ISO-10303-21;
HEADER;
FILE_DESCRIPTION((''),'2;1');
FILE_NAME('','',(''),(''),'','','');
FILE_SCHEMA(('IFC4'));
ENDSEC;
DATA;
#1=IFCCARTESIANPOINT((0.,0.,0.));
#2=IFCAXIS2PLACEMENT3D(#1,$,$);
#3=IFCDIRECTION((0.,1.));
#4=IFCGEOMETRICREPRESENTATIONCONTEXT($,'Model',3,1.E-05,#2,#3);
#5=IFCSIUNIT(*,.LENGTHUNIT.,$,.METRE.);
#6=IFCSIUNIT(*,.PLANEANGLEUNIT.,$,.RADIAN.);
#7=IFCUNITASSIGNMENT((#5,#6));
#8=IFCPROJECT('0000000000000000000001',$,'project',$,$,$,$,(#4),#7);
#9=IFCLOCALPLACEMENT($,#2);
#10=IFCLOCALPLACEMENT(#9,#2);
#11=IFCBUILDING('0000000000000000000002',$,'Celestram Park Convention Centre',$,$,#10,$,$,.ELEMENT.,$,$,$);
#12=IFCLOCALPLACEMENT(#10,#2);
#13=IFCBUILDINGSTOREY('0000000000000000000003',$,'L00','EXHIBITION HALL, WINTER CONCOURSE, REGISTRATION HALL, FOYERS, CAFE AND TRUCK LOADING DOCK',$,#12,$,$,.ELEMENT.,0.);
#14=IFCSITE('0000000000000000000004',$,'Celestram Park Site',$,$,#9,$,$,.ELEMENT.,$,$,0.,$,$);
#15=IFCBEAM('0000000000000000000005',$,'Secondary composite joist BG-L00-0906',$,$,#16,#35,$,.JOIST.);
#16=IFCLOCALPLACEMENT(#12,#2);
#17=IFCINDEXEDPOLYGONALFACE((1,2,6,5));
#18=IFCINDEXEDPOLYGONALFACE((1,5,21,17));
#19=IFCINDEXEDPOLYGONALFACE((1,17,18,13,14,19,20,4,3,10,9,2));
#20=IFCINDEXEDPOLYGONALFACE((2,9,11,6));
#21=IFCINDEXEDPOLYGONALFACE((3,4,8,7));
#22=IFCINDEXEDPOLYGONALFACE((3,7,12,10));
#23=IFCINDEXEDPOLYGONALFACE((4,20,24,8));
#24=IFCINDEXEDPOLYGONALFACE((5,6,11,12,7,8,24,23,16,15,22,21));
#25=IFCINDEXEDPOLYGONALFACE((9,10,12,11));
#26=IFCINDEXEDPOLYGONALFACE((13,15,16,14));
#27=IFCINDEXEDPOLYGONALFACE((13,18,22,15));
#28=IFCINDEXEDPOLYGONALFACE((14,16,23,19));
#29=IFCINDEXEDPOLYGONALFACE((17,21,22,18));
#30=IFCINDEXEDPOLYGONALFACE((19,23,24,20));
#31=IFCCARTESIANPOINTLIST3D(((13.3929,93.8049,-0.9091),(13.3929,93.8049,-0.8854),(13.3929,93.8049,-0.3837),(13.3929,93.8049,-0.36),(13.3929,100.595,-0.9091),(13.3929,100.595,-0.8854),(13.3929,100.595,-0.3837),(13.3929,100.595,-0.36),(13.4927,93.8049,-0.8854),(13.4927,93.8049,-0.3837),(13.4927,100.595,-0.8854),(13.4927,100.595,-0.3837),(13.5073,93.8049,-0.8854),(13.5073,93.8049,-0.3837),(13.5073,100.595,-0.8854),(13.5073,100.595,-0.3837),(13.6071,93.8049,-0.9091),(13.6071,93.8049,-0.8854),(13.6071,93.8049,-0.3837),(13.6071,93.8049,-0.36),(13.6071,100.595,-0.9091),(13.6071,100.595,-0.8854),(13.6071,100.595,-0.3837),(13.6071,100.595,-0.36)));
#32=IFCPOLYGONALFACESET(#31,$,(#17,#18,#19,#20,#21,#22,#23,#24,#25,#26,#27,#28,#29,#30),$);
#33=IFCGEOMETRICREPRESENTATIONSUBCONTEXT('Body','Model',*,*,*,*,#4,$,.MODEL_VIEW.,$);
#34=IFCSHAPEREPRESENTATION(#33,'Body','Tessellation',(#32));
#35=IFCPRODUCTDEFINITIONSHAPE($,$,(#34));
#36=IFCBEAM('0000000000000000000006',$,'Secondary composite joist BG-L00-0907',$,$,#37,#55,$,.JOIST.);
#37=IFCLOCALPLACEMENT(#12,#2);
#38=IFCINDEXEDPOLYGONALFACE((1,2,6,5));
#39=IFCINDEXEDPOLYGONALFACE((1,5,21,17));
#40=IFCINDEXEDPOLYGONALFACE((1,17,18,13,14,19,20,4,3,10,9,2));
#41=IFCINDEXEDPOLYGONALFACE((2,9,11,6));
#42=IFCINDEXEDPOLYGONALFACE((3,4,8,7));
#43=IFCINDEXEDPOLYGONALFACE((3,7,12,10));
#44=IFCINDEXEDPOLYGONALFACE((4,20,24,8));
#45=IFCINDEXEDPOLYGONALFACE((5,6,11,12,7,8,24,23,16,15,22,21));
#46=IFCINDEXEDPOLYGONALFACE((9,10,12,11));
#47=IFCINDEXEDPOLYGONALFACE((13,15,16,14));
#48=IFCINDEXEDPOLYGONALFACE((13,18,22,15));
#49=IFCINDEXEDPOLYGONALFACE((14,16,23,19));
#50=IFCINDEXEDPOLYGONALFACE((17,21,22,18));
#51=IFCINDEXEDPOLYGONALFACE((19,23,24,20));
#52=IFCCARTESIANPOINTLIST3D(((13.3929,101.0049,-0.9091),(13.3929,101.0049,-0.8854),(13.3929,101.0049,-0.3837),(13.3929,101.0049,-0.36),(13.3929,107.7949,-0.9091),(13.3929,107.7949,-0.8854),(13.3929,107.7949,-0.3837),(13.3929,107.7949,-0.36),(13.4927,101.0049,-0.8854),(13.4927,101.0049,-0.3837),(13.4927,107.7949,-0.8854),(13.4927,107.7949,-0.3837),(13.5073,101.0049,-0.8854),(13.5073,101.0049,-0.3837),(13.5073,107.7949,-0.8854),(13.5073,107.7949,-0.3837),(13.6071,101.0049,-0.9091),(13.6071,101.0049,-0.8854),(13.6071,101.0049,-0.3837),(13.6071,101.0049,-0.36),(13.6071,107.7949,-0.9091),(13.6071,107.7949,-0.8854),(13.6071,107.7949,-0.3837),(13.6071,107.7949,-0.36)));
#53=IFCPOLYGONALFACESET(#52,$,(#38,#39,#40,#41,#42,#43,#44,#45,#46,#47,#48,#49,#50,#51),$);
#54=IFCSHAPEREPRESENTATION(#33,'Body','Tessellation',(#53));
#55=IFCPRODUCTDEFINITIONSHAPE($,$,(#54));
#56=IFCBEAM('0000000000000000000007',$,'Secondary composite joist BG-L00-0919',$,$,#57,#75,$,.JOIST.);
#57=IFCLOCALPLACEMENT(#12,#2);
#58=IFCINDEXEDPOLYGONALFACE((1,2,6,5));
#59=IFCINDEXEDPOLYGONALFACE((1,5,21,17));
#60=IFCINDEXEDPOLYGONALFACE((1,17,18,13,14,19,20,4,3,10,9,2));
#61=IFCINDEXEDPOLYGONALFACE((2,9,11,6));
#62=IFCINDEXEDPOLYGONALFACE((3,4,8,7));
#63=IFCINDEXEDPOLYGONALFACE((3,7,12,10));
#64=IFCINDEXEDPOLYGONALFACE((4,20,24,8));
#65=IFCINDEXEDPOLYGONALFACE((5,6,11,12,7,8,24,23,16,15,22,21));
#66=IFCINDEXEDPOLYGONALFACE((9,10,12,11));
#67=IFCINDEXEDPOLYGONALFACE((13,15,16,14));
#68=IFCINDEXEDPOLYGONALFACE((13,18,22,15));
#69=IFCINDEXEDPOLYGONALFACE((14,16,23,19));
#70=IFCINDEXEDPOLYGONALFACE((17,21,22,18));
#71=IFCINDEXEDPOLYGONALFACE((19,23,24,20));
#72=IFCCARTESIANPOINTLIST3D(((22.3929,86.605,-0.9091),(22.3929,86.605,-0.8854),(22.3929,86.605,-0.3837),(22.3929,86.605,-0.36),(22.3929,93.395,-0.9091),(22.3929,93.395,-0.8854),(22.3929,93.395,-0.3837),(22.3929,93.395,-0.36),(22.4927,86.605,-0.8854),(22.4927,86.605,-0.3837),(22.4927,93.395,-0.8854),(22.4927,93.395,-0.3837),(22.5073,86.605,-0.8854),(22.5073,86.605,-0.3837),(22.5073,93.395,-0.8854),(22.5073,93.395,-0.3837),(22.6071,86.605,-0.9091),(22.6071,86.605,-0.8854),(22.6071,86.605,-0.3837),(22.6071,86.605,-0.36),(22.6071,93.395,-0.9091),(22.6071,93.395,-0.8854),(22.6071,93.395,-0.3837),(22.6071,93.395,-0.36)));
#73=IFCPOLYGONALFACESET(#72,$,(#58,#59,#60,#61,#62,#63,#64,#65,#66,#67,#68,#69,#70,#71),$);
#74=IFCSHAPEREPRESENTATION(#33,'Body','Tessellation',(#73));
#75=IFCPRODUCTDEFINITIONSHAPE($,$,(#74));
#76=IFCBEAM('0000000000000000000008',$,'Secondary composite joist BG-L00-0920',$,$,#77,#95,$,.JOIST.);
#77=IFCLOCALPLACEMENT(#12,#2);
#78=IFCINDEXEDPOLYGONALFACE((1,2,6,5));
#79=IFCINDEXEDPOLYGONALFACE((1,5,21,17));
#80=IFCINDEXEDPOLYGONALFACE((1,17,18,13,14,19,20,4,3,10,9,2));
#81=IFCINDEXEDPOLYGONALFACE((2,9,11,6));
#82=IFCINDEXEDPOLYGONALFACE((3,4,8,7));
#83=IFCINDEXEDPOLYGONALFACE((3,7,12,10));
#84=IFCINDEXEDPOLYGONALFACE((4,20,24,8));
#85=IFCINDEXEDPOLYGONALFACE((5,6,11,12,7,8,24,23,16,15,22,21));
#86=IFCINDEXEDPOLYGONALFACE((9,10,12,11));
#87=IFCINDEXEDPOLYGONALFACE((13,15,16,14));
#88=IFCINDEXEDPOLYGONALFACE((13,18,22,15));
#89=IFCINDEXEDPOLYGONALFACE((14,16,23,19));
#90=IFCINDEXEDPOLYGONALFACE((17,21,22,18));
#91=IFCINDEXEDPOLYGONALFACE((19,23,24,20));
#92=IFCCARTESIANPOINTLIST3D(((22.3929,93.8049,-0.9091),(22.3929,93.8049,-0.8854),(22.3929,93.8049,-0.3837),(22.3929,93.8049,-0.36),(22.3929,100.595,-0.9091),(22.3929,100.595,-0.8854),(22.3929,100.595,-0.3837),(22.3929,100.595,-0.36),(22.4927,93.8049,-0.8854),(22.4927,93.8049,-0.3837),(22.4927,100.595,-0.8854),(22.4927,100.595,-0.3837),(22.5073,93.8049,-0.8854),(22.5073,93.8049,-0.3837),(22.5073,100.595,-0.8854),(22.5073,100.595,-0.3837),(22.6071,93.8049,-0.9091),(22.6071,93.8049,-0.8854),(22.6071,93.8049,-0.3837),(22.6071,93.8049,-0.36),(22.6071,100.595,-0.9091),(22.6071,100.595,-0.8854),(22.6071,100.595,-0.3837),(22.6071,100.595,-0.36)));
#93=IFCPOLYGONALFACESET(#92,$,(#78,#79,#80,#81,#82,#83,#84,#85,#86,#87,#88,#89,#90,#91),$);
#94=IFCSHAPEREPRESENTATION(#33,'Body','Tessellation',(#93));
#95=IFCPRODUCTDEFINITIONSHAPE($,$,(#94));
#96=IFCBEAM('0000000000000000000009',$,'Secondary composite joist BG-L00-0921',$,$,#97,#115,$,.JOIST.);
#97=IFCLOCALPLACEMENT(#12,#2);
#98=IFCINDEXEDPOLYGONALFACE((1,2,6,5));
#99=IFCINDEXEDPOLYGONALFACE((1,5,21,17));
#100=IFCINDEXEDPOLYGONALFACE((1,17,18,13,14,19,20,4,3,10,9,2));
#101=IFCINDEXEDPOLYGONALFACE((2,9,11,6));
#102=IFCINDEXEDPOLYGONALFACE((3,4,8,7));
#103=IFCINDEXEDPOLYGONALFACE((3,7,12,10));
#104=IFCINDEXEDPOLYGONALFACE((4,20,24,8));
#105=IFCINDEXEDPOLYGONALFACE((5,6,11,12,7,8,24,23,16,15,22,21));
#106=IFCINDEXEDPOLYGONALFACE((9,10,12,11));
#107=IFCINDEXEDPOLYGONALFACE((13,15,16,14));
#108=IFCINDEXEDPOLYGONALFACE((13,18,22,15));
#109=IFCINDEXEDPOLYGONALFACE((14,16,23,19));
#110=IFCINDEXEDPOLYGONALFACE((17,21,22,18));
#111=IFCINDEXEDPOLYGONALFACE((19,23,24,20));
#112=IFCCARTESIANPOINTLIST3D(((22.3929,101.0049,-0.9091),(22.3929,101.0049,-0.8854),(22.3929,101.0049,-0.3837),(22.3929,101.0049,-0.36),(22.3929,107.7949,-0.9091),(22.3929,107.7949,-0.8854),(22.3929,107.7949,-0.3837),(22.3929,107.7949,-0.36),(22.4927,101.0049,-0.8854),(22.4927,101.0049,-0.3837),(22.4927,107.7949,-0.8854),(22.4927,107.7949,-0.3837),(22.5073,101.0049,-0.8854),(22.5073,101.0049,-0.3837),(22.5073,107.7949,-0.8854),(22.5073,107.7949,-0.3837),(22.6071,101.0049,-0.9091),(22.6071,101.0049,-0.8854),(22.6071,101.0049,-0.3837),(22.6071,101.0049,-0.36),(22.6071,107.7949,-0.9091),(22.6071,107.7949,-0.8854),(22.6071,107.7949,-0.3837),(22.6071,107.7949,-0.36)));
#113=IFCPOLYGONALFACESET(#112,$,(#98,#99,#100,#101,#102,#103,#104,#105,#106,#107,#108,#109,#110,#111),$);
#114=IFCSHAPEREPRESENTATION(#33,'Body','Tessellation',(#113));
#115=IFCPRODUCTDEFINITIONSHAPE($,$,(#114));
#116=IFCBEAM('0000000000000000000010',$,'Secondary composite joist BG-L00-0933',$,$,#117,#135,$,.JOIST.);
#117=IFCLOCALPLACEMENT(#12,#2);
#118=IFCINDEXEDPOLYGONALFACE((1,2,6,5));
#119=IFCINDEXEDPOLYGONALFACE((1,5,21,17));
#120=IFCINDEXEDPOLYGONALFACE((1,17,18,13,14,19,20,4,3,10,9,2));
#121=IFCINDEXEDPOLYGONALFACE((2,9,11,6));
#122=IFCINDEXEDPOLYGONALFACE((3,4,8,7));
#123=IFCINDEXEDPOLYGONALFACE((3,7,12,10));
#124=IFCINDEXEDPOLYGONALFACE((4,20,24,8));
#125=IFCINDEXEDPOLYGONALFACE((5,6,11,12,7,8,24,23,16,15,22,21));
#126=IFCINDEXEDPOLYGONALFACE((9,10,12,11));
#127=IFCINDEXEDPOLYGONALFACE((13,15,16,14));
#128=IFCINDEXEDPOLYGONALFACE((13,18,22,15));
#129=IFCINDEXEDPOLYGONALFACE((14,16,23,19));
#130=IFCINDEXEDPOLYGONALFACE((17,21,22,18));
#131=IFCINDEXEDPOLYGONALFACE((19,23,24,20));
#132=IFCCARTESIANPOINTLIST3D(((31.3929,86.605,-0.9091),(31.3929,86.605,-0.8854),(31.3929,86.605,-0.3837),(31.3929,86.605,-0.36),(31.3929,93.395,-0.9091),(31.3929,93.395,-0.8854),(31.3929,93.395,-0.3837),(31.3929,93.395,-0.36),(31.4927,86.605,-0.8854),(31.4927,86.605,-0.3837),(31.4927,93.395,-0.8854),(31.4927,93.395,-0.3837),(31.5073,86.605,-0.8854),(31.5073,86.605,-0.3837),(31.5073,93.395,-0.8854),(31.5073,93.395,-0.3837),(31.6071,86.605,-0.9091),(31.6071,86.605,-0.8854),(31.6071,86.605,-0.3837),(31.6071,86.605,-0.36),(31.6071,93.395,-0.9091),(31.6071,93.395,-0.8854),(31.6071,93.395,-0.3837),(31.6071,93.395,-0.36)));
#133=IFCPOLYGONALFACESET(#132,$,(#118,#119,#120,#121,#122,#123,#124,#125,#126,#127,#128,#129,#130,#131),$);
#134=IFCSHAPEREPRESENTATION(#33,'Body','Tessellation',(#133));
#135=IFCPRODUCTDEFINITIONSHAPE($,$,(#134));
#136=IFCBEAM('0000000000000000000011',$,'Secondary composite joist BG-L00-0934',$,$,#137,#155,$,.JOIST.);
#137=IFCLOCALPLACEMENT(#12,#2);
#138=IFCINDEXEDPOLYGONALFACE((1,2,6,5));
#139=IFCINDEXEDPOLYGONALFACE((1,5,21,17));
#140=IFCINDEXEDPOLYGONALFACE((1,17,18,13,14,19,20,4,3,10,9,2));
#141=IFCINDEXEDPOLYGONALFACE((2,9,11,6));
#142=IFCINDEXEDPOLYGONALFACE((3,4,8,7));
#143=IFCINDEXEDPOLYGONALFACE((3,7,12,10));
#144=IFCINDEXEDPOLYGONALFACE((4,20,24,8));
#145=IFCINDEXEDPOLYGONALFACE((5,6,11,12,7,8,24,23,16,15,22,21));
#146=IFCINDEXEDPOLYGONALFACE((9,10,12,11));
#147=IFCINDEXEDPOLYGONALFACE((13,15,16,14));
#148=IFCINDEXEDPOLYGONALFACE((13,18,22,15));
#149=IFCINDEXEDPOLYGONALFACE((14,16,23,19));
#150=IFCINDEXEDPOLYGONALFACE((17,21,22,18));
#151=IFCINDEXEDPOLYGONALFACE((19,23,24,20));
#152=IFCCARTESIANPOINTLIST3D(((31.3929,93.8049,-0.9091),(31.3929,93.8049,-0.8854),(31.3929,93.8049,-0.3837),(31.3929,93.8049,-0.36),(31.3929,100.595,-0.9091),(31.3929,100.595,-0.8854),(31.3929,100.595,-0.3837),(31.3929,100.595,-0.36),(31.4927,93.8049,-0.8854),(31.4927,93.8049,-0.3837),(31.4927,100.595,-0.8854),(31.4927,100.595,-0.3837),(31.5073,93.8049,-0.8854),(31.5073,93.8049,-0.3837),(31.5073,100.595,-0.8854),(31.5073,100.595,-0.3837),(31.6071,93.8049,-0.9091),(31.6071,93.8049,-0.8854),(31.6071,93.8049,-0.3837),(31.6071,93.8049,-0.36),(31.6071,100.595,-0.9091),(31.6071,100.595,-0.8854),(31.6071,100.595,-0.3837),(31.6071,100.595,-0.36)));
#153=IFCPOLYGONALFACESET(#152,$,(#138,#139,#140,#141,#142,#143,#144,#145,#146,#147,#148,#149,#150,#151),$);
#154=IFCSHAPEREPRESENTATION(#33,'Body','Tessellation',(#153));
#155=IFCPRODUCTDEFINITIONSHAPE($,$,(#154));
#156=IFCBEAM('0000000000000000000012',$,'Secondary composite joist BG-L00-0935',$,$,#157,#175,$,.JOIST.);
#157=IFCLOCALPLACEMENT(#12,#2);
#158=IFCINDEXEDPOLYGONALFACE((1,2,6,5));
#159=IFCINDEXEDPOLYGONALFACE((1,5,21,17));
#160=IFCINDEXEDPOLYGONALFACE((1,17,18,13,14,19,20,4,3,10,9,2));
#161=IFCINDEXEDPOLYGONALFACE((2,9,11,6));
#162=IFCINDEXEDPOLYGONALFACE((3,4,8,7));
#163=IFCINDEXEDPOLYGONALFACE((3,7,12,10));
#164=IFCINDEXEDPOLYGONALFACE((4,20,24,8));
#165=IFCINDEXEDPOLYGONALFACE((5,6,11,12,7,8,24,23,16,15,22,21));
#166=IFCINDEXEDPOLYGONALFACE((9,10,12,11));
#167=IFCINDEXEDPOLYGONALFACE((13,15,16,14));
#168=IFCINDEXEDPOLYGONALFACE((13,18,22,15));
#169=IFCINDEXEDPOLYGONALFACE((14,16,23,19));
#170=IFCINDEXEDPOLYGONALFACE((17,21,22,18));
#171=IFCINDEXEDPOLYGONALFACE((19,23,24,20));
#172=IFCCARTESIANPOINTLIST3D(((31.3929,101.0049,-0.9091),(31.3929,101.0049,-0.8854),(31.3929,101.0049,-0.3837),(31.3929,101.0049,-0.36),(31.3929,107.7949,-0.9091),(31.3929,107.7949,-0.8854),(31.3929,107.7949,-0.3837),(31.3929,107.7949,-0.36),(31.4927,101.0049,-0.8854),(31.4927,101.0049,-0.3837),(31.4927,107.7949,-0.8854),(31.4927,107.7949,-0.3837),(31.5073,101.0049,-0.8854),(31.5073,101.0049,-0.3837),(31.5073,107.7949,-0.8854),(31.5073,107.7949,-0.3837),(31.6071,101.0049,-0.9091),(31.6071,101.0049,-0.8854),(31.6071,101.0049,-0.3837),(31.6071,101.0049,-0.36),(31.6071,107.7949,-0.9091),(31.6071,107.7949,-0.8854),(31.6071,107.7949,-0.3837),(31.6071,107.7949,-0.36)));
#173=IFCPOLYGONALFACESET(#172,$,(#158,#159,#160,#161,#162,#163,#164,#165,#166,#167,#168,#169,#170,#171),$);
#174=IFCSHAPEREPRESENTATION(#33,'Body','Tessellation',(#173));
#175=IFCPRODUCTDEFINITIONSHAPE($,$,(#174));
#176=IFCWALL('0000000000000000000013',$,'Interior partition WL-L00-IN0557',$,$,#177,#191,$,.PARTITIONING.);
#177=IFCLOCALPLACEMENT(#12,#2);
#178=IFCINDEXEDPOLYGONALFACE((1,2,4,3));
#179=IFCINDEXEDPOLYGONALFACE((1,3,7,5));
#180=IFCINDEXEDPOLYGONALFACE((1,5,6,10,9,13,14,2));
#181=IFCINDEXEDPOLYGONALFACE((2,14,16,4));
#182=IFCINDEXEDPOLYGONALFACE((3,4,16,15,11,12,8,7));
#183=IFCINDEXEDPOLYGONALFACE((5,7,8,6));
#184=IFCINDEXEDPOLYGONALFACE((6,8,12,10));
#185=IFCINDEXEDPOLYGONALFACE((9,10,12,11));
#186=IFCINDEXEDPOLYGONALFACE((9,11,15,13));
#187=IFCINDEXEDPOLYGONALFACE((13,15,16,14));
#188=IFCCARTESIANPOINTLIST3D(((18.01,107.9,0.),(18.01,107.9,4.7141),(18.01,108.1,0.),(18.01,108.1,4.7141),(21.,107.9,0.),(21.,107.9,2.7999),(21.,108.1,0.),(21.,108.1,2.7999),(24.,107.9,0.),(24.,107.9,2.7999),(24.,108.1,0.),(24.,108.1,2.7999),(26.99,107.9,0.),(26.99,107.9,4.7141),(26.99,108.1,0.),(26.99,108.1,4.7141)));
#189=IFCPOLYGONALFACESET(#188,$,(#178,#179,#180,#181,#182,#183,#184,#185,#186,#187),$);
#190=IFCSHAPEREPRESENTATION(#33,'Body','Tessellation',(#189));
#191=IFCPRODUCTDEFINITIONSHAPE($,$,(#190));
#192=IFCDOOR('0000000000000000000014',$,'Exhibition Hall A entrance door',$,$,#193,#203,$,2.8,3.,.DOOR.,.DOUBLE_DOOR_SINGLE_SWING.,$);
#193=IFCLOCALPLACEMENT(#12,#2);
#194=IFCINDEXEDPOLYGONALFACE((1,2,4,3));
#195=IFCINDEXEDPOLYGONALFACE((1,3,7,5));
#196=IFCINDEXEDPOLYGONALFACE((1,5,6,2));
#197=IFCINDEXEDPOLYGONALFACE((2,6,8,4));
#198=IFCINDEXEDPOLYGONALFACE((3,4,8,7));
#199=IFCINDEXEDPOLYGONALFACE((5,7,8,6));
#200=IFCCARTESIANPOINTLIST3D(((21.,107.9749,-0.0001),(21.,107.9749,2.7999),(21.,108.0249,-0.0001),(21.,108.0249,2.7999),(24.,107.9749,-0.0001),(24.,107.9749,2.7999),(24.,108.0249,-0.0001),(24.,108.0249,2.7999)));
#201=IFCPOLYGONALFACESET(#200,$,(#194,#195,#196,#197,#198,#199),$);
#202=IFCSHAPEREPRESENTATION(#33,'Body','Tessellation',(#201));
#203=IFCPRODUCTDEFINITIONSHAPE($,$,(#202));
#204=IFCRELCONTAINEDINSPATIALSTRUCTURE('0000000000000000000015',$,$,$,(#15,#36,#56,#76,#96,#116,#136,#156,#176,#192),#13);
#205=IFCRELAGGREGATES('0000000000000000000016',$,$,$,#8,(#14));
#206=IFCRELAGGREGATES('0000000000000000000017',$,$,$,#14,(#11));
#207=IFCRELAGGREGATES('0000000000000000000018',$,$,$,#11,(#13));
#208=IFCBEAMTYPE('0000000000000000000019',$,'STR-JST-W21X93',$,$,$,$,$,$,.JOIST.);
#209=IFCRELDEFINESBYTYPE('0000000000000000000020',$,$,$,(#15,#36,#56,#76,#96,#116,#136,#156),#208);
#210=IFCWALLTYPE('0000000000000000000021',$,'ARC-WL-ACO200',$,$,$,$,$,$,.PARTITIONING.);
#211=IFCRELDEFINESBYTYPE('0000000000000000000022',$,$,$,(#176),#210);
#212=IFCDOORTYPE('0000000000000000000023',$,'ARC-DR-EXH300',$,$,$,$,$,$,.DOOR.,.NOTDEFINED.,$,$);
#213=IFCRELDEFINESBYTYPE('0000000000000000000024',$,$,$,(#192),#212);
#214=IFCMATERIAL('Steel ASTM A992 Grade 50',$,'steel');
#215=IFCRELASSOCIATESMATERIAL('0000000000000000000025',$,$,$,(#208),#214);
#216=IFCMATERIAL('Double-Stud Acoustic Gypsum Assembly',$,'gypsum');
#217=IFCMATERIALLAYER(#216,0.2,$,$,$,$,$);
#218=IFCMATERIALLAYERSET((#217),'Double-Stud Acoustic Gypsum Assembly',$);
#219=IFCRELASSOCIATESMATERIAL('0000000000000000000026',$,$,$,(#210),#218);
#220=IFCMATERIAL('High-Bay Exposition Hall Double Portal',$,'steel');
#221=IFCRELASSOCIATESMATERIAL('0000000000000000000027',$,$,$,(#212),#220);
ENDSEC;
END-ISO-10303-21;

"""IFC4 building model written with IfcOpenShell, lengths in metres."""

from ifc_helpers import new_model, si_unit, direction, frame, frame_2d, origin, origin_2d, place, context, subcontext, project, spatial, rectangle, i_section, extrude, material, layer, layer_set, material_profile, profile_set, type_object, element, fill, save


model = new_model("IFC4")

# Units and contexts
model_context = context("Model", 3, precision=1e-05, world=origin(), true_north=direction((0.0, 1.0)))
body_context = subcontext(model_context, "Body", "Model", "MODEL_VIEW")
ifc_project = project(units=[si_unit("LENGTHUNIT", "METRE"), si_unit("PLANEANGLEUNIT", "RADIAN")], contexts=[model_context])

# Site, building, storey
site_placement = place(None, origin())
site = spatial("IfcSite", under=ifc_project, at=site_placement, Name="Celestram Park Site", CompositionType="ELEMENT", RefElevation=0.0)
building_placement = place(site_placement, origin())
building = spatial("IfcBuilding", under=site, at=building_placement, Name="Celestram Park Convention Centre", CompositionType="ELEMENT")
storey_placement = place(building_placement, origin())
storey = spatial("IfcBuildingStorey", under=building, at=storey_placement, Name="L00", Description="EXHIBITION HALL, WINTER CONCOURSE, REGISTRATION HALL, FOYERS, CAFE AND TRUCK LOADING DOCK", CompositionType="ELEMENT", Elevation=0.0)

# Shared definitions
ifc_material_1 = material(Name="Steel ASTM A992 Grade 50", Category="steel")

# Beams
ifc_material_profile_1 = material_profile(ifc_material_1, i_section(OverallWidth=0.2141, OverallDepth=0.5491, WebThickness=0.0146, FlangeThickness=0.0237, at=origin_2d()), Name="W21X93")
ifc_profile_set_1 = profile_set([ifc_material_profile_1], Name="Steel ASTM A992 Grade 50")
beam_type_1 = type_object("IfcBeamType", Name="STR-JST-W21X93", PredefinedType="JOIST", material=ifc_profile_set_1)
for number, where, z_axis, x_axis, name in (
    (1, (13.5, 93.8049, -0.6345), (0.0, 1.0, 0.0), (-1.0, 0.0, 0.0), "Secondary composite joist BG-L00-0906"),
    (2, (13.5, 101.0049, -0.6345), (0.0, 1.0, 0.0), (-1.0, 0.0, 0.0), "Secondary composite joist BG-L00-0907"),
    (3, (22.5, 86.605, -0.6345), (0.0, 1.0, 0.0), (-1.0, 0.0, 0.0), "Secondary composite joist BG-L00-0919"),
    (4, (22.5, 93.8049, -0.6345), (0.0, 1.0, 0.0), (-1.0, 0.0, 0.0), "Secondary composite joist BG-L00-0920"),
    (5, (22.5, 101.0049, -0.6345), (0.0, 1.0, 0.0), (-1.0, 0.0, 0.0), "Secondary composite joist BG-L00-0921"),
    (6, (31.5, 86.605, -0.6345), (0.0, 1.0, 0.0), (-1.0, 0.0, 0.0), "Secondary composite joist BG-L00-0933"),
    (7, (31.5, 93.8049, -0.6345), (0.0, 1.0, 0.0), (-1.0, 0.0, 0.0), "Secondary composite joist BG-L00-0934"),
    (8, (31.5, 101.0049, -0.6345), (0.0, 1.0, 0.0), (-1.0, 0.0, 0.0), "Secondary composite joist BG-L00-0935"),
):
    element("IfcBeam", number, at=place(storey_placement, frame(where, z_axis=z_axis, x_axis=x_axis)), inside=storey, type_object=beam_type_1, Name=name, PredefinedType="JOIST", context=body_context, shape_type="SweptSolid", body=[
        extrude(i_section(OverallWidth=0.2141, OverallDepth=0.5491, WebThickness=0.0146, FlangeThickness=0.0237, at=origin_2d()), origin(), (0.0, 0.0, 1.0), 6.79),
    ])

# Wall, opening, door
ifc_material_2 = material(Name="Double-Stud Acoustic Gypsum Assembly", Category="gypsum")
ifc_layer = layer(ifc_material_2, 0.2)
ifc_layer_set = layer_set([ifc_layer], Name="Double-Stud Acoustic Gypsum Assembly")
wall_type = type_object("IfcWallType", Name="ARC-WL-ACO200", PredefinedType="PARTITIONING", material=ifc_layer_set)
wall_placement = place(storey_placement, frame((18.01, 108.0, 0.0), z_axis=(0.0, 0.0, 1.0), x_axis=(1.0, 0.0, 0.0)))
wall = element("IfcWall", 9, at=wall_placement, inside=storey, type_object=wall_type, Name="Interior partition WL-L00-IN0557", PredefinedType="PARTITIONING", context=body_context, shape_type="SweptSolid", body=[
    extrude(rectangle(XDim=8.98, YDim=0.2, at=frame_2d((4.49, 0.0))), origin(), (0.0, 0.0, 1.0), 4.7141),
])
opening_placement = place(wall_placement, frame((2.99, 0.0, 0.0)))
opening = element("IfcOpeningElement", 10, at=opening_placement, cuts=wall, PredefinedType="OPENING", context=body_context, shape_type="SweptSolid", body=[
    extrude(rectangle(XDim=3.0, YDim=2.8, at=frame_2d((1.5, 1.3999))), frame((0.0, 0.1099, 0.0), z_axis=(0.0, -1.0, 0.0), x_axis=(1.0, 0.0, 0.0)), (0.0, 0.0, 1.0), 0.22),
])
ifc_material_3 = material(Name="High-Bay Exposition Hall Double Portal", Category="steel")
door_type = type_object("IfcDoorType", Name="ARC-DR-EXH300", OperationType="NOTDEFINED", PredefinedType="DOOR", material=ifc_material_3)
door_placement = place(opening_placement, origin())
door = element("IfcDoor", 11, at=door_placement, inside=storey, type_object=door_type, Name="Exhibition Hall A entrance door", OperationType="DOUBLE_DOOR_SINGLE_SWING", OverallHeight=2.8, OverallWidth=3.0, PredefinedType="DOOR", context=body_context, shape_type="SweptSolid", body=[
    extrude(rectangle(XDim=3.0, YDim=2.8, at=frame_2d((1.5, 1.3999))), frame((0.0, 0.0249, 0.0), z_axis=(0.0, -1.0, 0.0), x_axis=(1.0, 0.0, 0.0)), (0.0, 0.0, 1.0), 0.05),
])
fill(opening, door)

save(model, "model.ifc")
